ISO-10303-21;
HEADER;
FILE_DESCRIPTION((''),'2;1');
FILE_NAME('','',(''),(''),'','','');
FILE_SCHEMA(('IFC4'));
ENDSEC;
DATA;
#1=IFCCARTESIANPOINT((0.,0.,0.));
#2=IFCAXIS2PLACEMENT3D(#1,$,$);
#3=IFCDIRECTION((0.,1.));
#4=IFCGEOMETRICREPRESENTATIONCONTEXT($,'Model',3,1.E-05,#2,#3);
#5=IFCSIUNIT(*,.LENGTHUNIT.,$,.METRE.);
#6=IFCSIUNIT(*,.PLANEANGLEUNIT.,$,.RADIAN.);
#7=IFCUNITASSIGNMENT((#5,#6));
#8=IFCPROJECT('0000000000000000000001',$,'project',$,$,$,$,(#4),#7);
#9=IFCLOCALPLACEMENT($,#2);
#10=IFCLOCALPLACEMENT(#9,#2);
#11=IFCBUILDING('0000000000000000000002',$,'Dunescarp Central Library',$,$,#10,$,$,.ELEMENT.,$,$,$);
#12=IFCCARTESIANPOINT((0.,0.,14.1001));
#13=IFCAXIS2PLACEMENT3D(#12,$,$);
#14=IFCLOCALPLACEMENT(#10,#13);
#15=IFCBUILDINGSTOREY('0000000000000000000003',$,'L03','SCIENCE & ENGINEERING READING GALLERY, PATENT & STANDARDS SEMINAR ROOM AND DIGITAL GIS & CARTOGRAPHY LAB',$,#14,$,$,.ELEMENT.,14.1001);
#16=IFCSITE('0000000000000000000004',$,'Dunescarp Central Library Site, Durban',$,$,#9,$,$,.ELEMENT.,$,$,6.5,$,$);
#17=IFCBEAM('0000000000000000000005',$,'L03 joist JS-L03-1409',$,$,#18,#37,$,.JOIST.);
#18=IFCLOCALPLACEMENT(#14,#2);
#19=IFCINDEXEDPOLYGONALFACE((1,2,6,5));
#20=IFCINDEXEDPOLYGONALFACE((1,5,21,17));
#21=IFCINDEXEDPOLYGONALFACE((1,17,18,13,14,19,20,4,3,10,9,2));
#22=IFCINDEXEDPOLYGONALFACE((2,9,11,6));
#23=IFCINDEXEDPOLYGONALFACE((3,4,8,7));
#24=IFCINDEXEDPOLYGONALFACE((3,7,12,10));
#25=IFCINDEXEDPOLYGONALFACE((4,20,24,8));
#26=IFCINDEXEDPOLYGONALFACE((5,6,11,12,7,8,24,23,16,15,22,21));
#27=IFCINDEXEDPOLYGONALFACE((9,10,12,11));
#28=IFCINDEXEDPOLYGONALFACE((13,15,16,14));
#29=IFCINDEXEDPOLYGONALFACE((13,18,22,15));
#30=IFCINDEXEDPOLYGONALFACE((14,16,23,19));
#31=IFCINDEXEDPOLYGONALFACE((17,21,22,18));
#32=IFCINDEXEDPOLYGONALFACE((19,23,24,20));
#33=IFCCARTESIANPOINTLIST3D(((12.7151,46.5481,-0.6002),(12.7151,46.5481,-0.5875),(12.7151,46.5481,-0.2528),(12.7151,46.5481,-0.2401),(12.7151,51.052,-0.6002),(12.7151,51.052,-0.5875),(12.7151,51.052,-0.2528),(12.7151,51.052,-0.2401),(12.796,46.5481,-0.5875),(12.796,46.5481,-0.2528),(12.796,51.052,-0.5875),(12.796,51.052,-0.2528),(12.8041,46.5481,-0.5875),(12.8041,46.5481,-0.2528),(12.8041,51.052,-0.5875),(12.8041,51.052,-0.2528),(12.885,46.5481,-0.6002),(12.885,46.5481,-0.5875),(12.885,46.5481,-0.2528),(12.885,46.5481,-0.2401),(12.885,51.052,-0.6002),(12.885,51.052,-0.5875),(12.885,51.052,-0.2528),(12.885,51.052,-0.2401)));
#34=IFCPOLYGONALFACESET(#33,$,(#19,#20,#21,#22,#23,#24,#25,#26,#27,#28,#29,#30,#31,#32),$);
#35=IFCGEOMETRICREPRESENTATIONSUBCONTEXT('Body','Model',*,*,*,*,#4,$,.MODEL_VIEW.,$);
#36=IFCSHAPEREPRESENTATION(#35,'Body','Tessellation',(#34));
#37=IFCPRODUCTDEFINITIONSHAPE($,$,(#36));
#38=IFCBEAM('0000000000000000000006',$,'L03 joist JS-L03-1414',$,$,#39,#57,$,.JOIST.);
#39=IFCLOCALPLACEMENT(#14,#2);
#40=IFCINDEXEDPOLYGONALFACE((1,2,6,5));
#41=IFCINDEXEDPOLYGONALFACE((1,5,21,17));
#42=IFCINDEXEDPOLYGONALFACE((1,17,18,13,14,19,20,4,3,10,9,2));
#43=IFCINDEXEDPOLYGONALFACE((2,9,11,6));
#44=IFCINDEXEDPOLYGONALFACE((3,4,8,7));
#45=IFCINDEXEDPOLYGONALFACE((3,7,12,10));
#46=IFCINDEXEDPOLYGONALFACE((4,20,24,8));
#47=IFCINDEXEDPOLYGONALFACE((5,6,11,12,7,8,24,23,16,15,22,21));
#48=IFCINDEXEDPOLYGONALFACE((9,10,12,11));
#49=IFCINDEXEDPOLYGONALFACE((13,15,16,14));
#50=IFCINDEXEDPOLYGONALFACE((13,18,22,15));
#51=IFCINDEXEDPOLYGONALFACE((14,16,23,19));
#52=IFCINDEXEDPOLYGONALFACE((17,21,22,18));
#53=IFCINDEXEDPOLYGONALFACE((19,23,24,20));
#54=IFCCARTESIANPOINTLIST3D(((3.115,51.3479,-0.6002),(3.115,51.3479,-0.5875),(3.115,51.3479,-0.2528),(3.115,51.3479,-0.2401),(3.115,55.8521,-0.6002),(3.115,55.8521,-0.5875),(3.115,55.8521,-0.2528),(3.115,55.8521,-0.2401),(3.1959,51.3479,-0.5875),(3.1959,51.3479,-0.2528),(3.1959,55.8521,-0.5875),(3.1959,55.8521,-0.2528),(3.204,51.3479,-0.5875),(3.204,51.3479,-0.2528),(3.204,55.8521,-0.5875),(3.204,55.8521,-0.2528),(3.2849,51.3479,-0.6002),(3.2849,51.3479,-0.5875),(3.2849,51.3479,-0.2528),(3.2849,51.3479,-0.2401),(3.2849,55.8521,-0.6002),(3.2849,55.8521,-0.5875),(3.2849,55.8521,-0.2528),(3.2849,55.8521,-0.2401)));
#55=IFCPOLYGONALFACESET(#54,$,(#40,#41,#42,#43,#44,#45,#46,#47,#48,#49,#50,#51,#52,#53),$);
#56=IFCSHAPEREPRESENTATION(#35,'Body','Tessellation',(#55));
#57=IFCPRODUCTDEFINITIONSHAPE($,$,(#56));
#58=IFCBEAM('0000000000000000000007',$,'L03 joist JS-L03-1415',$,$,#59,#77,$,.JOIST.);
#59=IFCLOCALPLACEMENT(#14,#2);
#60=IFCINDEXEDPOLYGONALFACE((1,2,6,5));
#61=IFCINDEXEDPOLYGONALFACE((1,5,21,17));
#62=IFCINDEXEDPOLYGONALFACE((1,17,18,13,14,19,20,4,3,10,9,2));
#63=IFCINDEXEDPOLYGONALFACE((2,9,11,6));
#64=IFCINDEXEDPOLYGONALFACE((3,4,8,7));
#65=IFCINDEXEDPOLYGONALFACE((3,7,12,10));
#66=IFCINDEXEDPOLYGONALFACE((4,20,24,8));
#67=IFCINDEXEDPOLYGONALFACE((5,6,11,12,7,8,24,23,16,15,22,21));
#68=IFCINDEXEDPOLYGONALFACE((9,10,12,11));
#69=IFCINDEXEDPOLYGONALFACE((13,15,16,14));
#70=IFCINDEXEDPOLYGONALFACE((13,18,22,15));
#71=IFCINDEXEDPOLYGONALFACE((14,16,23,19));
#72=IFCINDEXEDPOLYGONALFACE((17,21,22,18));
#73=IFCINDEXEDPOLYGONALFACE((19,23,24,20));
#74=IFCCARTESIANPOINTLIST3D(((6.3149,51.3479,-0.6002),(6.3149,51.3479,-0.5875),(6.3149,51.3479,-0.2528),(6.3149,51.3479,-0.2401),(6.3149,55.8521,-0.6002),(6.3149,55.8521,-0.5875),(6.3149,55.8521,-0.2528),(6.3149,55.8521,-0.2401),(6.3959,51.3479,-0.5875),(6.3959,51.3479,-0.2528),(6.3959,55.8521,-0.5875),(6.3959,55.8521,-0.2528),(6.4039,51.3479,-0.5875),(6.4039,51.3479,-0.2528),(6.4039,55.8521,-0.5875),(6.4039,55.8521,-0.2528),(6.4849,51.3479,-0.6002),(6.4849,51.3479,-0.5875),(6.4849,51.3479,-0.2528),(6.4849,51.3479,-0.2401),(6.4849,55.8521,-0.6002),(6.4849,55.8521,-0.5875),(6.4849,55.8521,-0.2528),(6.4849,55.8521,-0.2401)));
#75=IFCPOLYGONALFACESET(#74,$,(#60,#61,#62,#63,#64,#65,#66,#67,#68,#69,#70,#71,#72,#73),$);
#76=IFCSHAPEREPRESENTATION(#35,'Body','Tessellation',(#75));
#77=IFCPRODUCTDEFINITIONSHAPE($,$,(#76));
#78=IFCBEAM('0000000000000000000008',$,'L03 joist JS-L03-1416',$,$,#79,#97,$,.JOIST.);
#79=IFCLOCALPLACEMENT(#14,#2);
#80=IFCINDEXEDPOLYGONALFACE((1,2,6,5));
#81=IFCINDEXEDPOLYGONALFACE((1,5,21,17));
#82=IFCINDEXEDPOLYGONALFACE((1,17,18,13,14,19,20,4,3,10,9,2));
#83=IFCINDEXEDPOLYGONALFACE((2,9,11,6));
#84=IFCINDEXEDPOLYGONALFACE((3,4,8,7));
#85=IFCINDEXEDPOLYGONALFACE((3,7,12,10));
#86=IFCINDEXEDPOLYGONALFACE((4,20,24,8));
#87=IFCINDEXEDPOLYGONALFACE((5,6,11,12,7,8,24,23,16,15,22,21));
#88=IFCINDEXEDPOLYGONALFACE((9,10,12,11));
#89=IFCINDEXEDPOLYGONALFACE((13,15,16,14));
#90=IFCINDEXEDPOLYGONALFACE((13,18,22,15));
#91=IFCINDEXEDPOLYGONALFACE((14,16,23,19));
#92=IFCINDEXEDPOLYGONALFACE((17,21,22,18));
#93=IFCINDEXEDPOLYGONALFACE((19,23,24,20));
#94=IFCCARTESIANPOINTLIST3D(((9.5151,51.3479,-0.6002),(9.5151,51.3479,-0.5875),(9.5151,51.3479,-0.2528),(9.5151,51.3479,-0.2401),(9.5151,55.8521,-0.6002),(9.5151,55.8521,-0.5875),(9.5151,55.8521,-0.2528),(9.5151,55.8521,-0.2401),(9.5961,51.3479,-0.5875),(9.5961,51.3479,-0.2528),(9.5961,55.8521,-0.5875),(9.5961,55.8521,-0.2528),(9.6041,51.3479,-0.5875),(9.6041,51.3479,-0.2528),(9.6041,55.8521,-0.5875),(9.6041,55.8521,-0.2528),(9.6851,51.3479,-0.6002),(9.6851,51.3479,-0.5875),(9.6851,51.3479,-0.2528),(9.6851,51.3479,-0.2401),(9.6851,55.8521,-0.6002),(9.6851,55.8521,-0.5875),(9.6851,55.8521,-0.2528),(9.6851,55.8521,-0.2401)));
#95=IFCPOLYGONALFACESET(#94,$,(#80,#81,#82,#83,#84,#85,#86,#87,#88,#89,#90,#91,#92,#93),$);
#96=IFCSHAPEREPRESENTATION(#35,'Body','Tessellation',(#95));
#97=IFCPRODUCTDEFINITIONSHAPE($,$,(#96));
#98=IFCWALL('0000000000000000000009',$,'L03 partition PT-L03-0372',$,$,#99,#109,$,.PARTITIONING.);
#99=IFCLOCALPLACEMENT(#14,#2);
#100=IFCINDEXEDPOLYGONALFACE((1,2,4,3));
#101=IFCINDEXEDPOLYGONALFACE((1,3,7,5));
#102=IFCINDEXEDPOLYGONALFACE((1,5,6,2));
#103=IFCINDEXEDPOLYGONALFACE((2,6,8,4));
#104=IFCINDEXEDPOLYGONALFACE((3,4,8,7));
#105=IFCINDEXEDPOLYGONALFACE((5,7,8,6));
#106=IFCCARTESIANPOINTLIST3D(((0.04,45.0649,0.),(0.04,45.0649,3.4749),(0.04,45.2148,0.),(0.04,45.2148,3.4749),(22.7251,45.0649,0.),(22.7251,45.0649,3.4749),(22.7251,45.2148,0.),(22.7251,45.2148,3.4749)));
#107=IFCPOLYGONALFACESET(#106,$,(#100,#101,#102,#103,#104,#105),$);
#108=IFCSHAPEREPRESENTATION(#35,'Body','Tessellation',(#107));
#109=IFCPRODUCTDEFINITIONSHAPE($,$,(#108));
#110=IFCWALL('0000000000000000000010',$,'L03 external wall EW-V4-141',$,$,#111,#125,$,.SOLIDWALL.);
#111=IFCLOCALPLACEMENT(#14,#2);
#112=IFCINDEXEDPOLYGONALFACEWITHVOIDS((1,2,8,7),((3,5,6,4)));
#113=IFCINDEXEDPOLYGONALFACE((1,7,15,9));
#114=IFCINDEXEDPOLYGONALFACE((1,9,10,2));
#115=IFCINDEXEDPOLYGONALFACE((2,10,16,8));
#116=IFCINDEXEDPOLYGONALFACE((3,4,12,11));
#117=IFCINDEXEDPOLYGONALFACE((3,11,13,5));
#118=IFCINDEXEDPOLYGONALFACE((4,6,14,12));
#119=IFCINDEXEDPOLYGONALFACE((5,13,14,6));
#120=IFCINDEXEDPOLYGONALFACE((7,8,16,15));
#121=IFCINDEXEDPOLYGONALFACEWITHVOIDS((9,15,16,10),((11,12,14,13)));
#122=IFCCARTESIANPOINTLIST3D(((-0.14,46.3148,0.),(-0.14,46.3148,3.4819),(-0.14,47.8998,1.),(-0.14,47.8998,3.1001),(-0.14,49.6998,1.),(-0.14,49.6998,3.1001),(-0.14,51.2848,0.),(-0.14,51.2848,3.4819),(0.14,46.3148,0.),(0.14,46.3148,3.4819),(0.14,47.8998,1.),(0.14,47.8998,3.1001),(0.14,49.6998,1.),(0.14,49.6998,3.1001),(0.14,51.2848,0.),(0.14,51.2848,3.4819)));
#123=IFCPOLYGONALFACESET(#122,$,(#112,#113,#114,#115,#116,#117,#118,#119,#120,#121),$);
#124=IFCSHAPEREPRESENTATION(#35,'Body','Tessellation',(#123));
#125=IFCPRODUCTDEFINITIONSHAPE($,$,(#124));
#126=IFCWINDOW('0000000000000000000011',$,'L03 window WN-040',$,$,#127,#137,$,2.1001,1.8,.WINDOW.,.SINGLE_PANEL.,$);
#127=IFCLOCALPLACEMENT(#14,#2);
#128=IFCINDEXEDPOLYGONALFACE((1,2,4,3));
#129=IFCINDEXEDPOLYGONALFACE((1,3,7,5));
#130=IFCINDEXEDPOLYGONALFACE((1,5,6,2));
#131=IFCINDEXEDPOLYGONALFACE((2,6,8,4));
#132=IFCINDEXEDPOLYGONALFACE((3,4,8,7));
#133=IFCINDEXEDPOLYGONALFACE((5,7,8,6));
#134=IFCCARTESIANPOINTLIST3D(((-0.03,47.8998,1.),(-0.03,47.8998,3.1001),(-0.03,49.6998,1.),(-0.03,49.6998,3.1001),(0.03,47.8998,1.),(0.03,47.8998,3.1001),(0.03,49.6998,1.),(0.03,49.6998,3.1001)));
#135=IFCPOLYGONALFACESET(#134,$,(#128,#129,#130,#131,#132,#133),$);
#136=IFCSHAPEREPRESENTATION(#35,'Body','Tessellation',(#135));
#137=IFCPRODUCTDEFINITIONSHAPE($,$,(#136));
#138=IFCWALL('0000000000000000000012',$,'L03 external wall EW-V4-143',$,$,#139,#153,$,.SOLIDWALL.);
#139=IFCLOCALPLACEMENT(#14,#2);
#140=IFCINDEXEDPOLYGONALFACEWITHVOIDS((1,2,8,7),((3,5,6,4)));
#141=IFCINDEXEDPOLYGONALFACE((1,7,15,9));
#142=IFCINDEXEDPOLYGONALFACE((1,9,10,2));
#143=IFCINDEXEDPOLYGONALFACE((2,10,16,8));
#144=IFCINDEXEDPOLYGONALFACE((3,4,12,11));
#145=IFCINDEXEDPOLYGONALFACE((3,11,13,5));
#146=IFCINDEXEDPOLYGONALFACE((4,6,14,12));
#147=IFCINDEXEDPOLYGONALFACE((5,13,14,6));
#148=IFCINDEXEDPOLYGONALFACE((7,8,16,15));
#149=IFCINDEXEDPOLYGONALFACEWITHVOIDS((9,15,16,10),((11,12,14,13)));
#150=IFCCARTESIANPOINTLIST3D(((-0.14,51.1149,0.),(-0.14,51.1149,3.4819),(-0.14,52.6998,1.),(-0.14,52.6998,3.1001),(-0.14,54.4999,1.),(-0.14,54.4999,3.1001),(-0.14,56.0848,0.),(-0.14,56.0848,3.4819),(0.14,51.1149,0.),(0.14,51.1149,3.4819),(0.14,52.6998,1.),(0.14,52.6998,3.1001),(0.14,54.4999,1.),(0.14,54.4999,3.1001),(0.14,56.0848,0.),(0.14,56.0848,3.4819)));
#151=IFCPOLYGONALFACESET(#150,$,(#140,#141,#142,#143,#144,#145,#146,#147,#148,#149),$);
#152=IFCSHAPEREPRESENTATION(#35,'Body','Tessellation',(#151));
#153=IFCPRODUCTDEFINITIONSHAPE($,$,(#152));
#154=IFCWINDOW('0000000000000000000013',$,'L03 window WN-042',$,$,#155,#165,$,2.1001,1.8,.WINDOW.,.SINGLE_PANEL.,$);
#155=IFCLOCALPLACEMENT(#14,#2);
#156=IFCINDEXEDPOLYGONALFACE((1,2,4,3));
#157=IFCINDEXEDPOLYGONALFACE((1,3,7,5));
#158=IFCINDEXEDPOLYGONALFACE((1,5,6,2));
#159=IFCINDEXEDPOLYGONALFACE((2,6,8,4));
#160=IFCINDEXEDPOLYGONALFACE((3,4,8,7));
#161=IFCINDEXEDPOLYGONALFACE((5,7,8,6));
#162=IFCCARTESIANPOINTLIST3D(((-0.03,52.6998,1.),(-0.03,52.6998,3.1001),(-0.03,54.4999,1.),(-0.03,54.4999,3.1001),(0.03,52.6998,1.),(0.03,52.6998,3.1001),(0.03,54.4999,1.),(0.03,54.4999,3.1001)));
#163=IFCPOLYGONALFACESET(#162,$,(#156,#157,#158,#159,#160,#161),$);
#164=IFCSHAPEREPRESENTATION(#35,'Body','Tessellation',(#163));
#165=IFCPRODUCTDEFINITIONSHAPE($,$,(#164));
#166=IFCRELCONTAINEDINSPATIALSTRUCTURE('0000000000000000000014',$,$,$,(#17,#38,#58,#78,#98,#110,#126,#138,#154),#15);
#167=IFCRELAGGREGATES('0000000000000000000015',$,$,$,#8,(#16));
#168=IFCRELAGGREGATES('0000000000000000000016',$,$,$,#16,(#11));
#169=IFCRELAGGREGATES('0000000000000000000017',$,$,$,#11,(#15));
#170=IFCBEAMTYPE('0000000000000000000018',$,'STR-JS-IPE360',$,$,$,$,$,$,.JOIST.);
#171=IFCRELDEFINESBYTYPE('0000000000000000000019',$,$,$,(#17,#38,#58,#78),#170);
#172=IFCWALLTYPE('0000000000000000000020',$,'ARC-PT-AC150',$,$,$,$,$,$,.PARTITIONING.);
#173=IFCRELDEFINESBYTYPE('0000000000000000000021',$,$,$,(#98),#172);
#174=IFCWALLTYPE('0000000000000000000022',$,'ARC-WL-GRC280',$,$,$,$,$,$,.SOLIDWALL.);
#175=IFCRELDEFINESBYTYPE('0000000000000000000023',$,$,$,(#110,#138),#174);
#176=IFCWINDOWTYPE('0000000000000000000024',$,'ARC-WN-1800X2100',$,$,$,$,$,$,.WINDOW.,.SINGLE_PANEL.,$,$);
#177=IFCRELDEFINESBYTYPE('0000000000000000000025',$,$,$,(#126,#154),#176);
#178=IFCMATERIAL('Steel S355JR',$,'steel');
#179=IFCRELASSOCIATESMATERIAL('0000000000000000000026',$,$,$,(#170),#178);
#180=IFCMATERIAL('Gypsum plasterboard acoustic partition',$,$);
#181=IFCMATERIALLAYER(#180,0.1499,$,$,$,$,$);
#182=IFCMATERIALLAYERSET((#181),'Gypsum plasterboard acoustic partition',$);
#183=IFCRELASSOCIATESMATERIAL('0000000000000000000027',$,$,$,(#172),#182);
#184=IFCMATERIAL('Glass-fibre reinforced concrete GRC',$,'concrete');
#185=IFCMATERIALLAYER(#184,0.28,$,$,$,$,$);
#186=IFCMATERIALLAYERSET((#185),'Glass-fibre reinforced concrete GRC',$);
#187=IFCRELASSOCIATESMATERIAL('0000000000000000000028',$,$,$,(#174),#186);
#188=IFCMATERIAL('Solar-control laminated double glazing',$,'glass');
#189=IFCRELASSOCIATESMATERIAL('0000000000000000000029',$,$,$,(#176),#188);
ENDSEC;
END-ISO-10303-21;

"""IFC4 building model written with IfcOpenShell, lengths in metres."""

from ifc_helpers import new_model, si_unit, direction, frame, frame_2d, origin, origin_2d, place, context, subcontext, project, spatial, rectangle, i_section, extrude, material, layer, layer_set, material_profile, profile_set, type_object, element, fill, save


model = new_model("IFC4")

# Units and contexts
model_context = context("Model", 3, precision=1e-05, world=origin(), true_north=direction((0.0, 1.0)))
body_context = subcontext(model_context, "Body", "Model", "MODEL_VIEW")
ifc_project = project(units=[si_unit("LENGTHUNIT", "METRE"), si_unit("PLANEANGLEUNIT", "RADIAN")], contexts=[model_context])

# Site, building, storey
site_placement = place(None, origin())
site = spatial("IfcSite", under=ifc_project, at=site_placement, Name="Dunescarp Central Library Site, Durban", CompositionType="ELEMENT", RefElevation=6.5)
building_placement = place(site_placement, origin())
building = spatial("IfcBuilding", under=site, at=building_placement, Name="Dunescarp Central Library", CompositionType="ELEMENT")
storey_placement = place(building_placement, frame((0.0, 0.0, 14.1001)))
storey = spatial("IfcBuildingStorey", under=building, at=storey_placement, Name="L03", Description="SCIENCE & ENGINEERING READING GALLERY, PATENT & STANDARDS SEMINAR ROOM AND DIGITAL GIS & CARTOGRAPHY LAB", CompositionType="ELEMENT", Elevation=14.1001)

# Shared definitions
ifc_material_1 = material(Name="Steel S355JR", Category="steel")

# Beams
ifc_material_profile_1 = material_profile(ifc_material_1, i_section(OverallWidth=0.1699, OverallDepth=0.3601, WebThickness=0.0081, FlangeThickness=0.0127, at=origin_2d()), Name="IPE 360")
ifc_profile_set_1 = profile_set([ifc_material_profile_1], Name="Steel S355JR")
beam_type_1 = type_object("IfcBeamType", Name="STR-JS-IPE360", PredefinedType="JOIST", material=ifc_profile_set_1)
for number, where, z_axis, x_axis, name in (
    (1, (12.8, 46.5481, -0.4202), (0.0, 1.0, 0.0), (-1.0, 0.0, 0.0), "L03 joist JS-L03-1409"),
):
    element("IfcBeam", number, at=place(storey_placement, frame(where, z_axis=z_axis, x_axis=x_axis)), inside=storey, type_object=beam_type_1, Name=name, PredefinedType="JOIST", context=body_context, shape_type="SweptSolid", body=[
        extrude(i_section(OverallWidth=0.1699, OverallDepth=0.3601, WebThickness=0.0081, FlangeThickness=0.0127, at=origin_2d()), origin(), (0.0, 0.0, 1.0), 4.5039),
    ])
for number, where, z_axis, x_axis, name in (
    (2, (3.2, 51.3479, -0.4202), (0.0, 1.0, 0.0), (-1.0, 0.0, 0.0), "L03 joist JS-L03-1414"),
    (3, (6.3999, 51.3479, -0.4202), (0.0, 1.0, 0.0), (-1.0, 0.0, 0.0), "L03 joist JS-L03-1415"),
    (4, (9.6001, 51.3479, -0.4202), (0.0, 1.0, 0.0), (-1.0, 0.0, 0.0), "L03 joist JS-L03-1416"),
):
    element("IfcBeam", number, at=place(storey_placement, frame(where, z_axis=z_axis, x_axis=x_axis)), inside=storey, type_object=beam_type_1, Name=name, PredefinedType="JOIST", context=body_context, shape_type="SweptSolid", body=[
        extrude(i_section(OverallWidth=0.1699, OverallDepth=0.3601, WebThickness=0.0081, FlangeThickness=0.0127, at=origin_2d()), origin(), (0.0, 0.0, 1.0), 4.5042),
    ])

# Wall
ifc_material_2 = material(Name="Gypsum plasterboard acoustic partition")
ifc_layer_1 = layer(ifc_material_2, 0.1499)
ifc_layer_set_1 = layer_set([ifc_layer_1], Name="Gypsum plasterboard acoustic partition")
wall_type_1 = type_object("IfcWallType", Name="ARC-PT-AC150", PredefinedType="PARTITIONING", material=ifc_layer_set_1)
wall_1_placement = place(storey_placement, frame((0.04, 45.1399, 0.0), z_axis=(0.0, 0.0, 1.0), x_axis=(1.0, 0.0, 0.0)))
element("IfcWall", 5, at=wall_1_placement, inside=storey, type_object=wall_type_1, Name="L03 partition PT-L03-0372", PredefinedType="PARTITIONING", context=body_context, shape_type="SweptSolid", body=[
    extrude(rectangle(XDim=22.6851, YDim=0.1499, at=frame_2d((11.3425, 0.0))), origin(), (0.0, 0.0, 1.0), 3.4749),
])

# Walls, openings, windows
ifc_material_3 = material(Name="Glass-fibre reinforced concrete GRC", Category="concrete")
ifc_layer_2 = layer(ifc_material_3, 0.28)
ifc_layer_set_2 = layer_set([ifc_layer_2], Name="Glass-fibre reinforced concrete GRC")
wall_type_2 = type_object("IfcWallType", Name="ARC-WL-GRC280", PredefinedType="SOLIDWALL", material=ifc_layer_set_2)
wall_2_placement = place(storey_placement, frame((0.0, 46.3149, 0.0), z_axis=(0.0, 0.0, 1.0), x_axis=(0.0, 1.0, 0.0)))
wall_2 = element("IfcWall", 6, at=wall_2_placement, inside=storey, type_object=wall_type_2, Name="L03 external wall EW-V4-141", PredefinedType="SOLIDWALL", context=body_context, shape_type="SweptSolid", body=[
    extrude(rectangle(XDim=4.97, YDim=0.28, at=frame_2d((2.4849, 0.0))), origin(), (0.0, 0.0, 1.0), 3.4819),
])
opening_1_placement = place(wall_2_placement, frame((1.585, 0.0, 1.0)))
opening_1 = element("IfcOpeningElement", 7, at=opening_1_placement, cuts=wall_2, PredefinedType="OPENING", context=body_context, shape_type="SweptSolid", body=[
    extrude(rectangle(XDim=1.8, YDim=2.1001, at=frame_2d((0.8999, 1.05))), frame((0.0, 0.1499, 0.0), z_axis=(0.0, -1.0, 0.0), x_axis=(1.0, 0.0, 0.0)), (0.0, 0.0, 1.0), 0.3),
])
ifc_material_4 = material(Name="Solar-control laminated double glazing", Category="glass")
window_type = type_object("IfcWindowType", Name="ARC-WN-1800X2100", PartitioningType="SINGLE_PANEL", PredefinedType="WINDOW", material=ifc_material_4)
window_1_placement = place(opening_1_placement, origin())
window_1 = element("IfcWindow", 8, at=window_1_placement, inside=storey, type_object=window_type, Name="L03 window WN-040", OverallHeight=2.1001, OverallWidth=1.8, PartitioningType="SINGLE_PANEL", PredefinedType="WINDOW", context=body_context, shape_type="SweptSolid", body=[
    extrude(rectangle(XDim=1.8, YDim=2.1001, at=frame_2d((0.8999, 1.05))), frame((0.0, 0.03, 0.0), z_axis=(0.0, -1.0, 0.0), x_axis=(1.0, 0.0, 0.0)), (0.0, 0.0, 1.0), 0.0601),
])
fill(opening_1, window_1)
wall_3_placement = place(storey_placement, frame((0.0, 51.115, 0.0), z_axis=(0.0, 0.0, 1.0), x_axis=(0.0, 1.0, 0.0)))
wall_3 = element("IfcWall", 9, at=wall_3_placement, inside=storey, type_object=wall_type_2, Name="L03 external wall EW-V4-143", PredefinedType="SOLIDWALL", context=body_context, shape_type="SweptSolid", body=[
    extrude(rectangle(XDim=4.97, YDim=0.28, at=frame_2d((2.4849, 0.0))), origin(), (0.0, 0.0, 1.0), 3.4819),
])
opening_2_placement = place(wall_3_placement, frame((1.585, 0.0, 1.0)))
opening_2 = element("IfcOpeningElement", 10, at=opening_2_placement, cuts=wall_3, PredefinedType="OPENING", context=body_context, shape_type="SweptSolid", body=[
    extrude(rectangle(XDim=1.8, YDim=2.1001, at=frame_2d((0.8999, 1.05))), frame((0.0, 0.1499, 0.0), z_axis=(0.0, -1.0, 0.0), x_axis=(1.0, 0.0, 0.0)), (0.0, 0.0, 1.0), 0.3),
])
window_2_placement = place(opening_2_placement, origin())
window_2 = element("IfcWindow", 11, at=window_2_placement, inside=storey, type_object=window_type, Name="L03 window WN-042", OverallHeight=2.1001, OverallWidth=1.8, PartitioningType="SINGLE_PANEL", PredefinedType="WINDOW", context=body_context, shape_type="SweptSolid", body=[
    extrude(rectangle(XDim=1.8, YDim=2.1001, at=frame_2d((0.8999, 1.05))), frame((0.0, 0.03, 0.0), z_axis=(0.0, -1.0, 0.0), x_axis=(1.0, 0.0, 0.0)), (0.0, 0.0, 1.0), 0.0601),
])
fill(opening_2, window_2)

save(model, "model.ifc")
